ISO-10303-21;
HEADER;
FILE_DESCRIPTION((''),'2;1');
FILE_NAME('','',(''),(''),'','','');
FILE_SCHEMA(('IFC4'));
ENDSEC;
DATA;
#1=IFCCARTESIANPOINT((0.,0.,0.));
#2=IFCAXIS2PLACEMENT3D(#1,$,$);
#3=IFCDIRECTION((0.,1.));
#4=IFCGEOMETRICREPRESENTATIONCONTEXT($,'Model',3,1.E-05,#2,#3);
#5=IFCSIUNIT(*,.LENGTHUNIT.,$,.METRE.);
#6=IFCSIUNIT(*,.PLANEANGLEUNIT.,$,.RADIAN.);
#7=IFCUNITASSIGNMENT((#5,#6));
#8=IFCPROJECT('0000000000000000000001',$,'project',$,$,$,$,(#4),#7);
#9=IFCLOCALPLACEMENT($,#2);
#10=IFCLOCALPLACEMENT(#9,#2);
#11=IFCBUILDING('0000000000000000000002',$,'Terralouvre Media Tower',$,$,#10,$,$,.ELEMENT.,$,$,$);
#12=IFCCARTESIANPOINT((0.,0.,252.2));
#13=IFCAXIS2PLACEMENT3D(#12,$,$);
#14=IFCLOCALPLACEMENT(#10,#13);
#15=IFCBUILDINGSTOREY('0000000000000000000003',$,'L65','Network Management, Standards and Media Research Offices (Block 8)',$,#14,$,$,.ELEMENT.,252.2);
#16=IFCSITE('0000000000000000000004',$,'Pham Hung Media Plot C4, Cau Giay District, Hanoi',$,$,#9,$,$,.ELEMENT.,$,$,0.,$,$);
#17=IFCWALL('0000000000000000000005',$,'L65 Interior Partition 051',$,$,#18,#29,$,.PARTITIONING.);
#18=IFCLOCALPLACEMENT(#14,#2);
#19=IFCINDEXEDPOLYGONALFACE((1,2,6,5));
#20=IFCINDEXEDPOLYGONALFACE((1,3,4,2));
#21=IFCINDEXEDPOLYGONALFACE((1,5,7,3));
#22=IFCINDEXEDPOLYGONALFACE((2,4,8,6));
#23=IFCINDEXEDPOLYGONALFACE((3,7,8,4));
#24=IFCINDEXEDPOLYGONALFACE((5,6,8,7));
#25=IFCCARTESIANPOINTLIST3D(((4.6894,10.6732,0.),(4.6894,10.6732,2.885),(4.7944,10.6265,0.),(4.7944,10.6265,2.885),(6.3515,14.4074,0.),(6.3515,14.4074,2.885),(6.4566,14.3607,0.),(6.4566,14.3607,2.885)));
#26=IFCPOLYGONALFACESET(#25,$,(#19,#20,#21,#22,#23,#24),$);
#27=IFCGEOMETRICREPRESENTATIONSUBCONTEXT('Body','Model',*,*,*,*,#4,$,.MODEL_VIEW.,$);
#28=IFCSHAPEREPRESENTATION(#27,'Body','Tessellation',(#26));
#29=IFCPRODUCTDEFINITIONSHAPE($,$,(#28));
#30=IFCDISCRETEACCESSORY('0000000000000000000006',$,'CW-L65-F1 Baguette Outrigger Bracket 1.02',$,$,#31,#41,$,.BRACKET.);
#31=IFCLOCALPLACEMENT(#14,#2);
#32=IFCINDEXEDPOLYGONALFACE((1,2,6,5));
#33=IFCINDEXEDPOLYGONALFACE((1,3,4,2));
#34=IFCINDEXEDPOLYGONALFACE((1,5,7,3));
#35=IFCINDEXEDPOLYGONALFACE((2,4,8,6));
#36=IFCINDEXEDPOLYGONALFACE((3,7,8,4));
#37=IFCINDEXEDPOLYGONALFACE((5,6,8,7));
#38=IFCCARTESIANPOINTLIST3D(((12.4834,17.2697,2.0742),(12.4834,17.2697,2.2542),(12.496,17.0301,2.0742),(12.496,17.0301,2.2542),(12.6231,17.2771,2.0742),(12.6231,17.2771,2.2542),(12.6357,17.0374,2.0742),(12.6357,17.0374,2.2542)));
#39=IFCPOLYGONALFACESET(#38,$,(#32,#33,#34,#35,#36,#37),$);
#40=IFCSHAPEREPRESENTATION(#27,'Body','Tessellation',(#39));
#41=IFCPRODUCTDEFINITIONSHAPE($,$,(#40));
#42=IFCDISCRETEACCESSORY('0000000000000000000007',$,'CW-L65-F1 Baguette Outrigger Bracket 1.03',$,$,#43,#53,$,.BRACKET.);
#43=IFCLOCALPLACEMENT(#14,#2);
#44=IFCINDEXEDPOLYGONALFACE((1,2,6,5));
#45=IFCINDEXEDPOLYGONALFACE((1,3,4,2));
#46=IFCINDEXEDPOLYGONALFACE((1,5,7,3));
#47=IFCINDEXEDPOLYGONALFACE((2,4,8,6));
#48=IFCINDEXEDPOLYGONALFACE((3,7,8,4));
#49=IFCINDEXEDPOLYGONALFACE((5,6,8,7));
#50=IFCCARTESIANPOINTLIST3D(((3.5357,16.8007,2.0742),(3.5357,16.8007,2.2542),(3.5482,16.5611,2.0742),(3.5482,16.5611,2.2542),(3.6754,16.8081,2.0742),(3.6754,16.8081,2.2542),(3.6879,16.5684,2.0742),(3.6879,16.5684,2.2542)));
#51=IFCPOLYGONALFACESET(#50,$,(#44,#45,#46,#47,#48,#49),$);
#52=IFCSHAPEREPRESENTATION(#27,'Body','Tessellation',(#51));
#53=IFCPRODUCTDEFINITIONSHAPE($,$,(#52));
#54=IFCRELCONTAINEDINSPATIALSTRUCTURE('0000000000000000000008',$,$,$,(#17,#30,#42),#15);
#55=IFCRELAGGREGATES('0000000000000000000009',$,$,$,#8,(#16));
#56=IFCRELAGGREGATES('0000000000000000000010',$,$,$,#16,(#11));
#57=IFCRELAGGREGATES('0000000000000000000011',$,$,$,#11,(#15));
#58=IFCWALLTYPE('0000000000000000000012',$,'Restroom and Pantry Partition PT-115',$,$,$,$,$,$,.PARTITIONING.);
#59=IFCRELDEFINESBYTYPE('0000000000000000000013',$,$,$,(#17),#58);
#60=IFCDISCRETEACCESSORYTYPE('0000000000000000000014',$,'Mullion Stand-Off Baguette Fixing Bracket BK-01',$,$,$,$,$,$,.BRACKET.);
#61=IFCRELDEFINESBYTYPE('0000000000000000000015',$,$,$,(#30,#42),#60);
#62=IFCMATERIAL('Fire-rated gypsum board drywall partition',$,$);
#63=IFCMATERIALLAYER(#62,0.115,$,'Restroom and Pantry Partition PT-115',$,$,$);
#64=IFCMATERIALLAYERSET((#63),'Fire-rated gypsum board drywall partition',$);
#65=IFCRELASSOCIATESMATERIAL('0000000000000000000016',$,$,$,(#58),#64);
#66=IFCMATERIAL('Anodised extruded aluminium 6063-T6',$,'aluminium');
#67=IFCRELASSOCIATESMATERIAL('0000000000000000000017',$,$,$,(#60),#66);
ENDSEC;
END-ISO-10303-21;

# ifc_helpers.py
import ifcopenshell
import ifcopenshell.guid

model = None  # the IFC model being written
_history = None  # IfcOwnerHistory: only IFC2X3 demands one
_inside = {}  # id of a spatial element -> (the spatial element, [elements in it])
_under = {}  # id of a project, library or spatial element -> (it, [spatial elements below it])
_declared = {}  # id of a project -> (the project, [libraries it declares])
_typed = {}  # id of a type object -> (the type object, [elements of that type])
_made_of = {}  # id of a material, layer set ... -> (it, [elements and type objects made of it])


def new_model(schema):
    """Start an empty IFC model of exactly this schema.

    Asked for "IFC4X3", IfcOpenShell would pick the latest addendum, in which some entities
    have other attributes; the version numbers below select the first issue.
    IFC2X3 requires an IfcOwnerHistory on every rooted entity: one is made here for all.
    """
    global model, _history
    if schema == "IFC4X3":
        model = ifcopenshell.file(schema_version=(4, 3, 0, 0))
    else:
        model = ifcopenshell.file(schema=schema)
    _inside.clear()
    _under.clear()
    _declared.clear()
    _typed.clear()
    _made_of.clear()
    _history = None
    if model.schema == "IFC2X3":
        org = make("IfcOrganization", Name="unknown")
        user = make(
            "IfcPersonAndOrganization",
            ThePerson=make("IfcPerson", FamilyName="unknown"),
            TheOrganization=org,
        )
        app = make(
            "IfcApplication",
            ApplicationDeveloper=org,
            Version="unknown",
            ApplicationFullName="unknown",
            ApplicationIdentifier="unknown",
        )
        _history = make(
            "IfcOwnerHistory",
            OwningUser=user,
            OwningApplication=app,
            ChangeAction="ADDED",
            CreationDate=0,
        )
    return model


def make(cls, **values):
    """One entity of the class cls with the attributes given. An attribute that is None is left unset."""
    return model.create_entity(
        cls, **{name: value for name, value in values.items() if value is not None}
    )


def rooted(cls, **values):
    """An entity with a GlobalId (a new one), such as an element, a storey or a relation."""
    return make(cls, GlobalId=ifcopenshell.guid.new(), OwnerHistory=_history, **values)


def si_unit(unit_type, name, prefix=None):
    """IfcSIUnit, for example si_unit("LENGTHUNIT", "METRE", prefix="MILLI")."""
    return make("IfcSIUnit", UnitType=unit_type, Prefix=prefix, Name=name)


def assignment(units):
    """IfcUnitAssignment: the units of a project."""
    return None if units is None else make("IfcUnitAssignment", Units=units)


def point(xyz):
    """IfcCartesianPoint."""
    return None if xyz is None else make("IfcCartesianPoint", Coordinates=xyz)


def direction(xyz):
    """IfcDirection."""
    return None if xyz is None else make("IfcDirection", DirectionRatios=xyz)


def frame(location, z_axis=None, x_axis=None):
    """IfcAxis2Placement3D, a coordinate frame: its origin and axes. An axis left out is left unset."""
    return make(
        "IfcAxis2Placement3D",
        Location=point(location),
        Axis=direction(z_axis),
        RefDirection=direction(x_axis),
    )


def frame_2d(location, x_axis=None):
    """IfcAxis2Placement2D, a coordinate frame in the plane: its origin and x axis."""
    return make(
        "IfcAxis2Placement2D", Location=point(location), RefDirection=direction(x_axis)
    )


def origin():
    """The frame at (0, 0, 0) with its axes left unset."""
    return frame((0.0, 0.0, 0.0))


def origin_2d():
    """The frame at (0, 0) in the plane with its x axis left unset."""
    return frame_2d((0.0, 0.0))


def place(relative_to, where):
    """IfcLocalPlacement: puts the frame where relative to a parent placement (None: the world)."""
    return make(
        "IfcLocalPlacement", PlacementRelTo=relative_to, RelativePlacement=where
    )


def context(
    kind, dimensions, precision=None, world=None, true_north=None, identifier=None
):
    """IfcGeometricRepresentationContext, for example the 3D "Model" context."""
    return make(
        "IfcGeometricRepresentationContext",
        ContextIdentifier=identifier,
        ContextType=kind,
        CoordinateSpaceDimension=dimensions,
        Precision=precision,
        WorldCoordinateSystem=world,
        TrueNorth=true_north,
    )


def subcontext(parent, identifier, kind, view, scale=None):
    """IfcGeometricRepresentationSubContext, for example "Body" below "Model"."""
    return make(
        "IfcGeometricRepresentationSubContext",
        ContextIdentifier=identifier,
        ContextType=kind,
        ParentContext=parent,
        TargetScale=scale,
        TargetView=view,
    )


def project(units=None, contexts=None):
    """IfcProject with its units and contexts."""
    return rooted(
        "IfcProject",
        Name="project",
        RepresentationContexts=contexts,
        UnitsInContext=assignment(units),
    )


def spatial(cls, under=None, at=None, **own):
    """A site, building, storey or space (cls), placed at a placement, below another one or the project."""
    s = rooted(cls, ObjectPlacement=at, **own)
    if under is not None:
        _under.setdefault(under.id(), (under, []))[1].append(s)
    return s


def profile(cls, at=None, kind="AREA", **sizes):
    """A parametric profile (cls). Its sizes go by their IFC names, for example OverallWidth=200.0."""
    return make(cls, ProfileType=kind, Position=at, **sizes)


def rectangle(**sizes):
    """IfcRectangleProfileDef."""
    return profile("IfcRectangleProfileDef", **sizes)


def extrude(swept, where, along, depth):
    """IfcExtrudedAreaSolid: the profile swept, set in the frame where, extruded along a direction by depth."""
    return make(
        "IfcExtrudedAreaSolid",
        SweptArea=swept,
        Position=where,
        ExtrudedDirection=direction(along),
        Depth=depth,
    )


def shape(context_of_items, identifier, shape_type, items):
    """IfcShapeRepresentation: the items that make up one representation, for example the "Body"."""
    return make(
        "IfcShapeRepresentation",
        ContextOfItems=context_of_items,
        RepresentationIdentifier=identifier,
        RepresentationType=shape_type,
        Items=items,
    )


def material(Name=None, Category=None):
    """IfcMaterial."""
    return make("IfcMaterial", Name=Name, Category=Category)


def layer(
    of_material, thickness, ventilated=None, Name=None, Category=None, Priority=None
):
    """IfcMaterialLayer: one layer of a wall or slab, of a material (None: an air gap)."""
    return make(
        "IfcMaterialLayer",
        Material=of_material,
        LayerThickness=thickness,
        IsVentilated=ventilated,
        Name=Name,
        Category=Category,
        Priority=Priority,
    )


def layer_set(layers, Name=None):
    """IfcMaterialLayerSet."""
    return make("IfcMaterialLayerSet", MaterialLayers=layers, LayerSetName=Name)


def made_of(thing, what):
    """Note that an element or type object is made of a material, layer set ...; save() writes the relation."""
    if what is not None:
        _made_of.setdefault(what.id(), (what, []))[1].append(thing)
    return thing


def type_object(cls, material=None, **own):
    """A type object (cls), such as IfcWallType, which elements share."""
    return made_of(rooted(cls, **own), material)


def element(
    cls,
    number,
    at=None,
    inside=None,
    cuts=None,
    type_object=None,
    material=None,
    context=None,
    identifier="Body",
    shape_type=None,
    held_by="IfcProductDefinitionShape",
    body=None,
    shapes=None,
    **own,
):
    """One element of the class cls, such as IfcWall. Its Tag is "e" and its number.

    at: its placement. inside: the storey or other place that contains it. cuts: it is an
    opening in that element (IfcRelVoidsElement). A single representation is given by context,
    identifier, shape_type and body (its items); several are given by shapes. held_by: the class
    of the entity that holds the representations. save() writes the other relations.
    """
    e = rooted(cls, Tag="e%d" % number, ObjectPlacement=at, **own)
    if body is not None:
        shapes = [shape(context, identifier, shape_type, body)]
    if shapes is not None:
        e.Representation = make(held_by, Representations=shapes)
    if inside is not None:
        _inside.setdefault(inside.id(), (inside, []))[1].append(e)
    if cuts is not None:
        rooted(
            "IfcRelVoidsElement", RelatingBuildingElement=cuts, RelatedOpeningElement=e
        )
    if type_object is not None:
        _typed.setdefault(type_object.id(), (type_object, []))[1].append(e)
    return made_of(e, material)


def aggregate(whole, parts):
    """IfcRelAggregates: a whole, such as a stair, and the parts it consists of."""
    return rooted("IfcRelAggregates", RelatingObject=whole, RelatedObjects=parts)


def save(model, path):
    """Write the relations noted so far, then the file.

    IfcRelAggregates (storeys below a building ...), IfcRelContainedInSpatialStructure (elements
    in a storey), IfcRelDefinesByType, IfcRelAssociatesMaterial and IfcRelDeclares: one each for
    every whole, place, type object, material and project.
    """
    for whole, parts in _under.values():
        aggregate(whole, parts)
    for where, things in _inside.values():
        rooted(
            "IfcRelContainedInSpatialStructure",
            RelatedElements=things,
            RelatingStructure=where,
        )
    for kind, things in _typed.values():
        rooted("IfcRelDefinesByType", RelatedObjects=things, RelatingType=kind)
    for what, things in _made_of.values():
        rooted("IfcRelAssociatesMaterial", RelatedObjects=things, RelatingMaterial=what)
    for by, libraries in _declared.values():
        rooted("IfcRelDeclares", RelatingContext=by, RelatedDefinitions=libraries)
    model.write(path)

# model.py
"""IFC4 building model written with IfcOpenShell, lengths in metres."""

from ifc_helpers import new_model, si_unit, direction, frame, frame_2d, origin, origin_2d, place, context, subcontext, project, spatial, rectangle, extrude, material, layer, layer_set, type_object, element, save


model = new_model("IFC4")

# Units and contexts
model_context = context("Model", 3, precision=1e-05, world=origin(), true_north=direction((0.0, 1.0)))
body_context = subcontext(model_context, "Body", "Model", "MODEL_VIEW")
ifc_project = project(units=[si_unit("LENGTHUNIT", "METRE"), si_unit("PLANEANGLEUNIT", "RADIAN")], contexts=[model_context])

# Site, building, storey
site_placement = place(None, origin())
site = spatial("IfcSite", under=ifc_project, at=site_placement, Name="Pham Hung Media Plot C4, Cau Giay District, Hanoi", CompositionType="ELEMENT", RefElevation=0.0)
building_placement = place(site_placement, origin())
building = spatial("IfcBuilding", under=site, at=building_placement, Name="Terralouvre Media Tower", CompositionType="ELEMENT")
storey_placement = place(building_placement, frame((0.0, 0.0, 252.2)))
storey = spatial("IfcBuildingStorey", under=building, at=storey_placement, Name="L65", Description="Network Management, Standards and Media Research Offices (Block 8)", CompositionType="ELEMENT", Elevation=252.2)

# Shared definitions
ifc_material_1 = material(Name="Fire-rated gypsum board drywall partition")
ifc_layer_1 = layer(ifc_material_1, 0.115, Name="Restroom and Pantry Partition PT-115")
ifc_layer_set_1 = layer_set([ifc_layer_1], Name="Fire-rated gypsum board drywall partition")
wall_type_1 = type_object("IfcWallType", Name="Restroom and Pantry Partition PT-115", PredefinedType="PARTITIONING", material=ifc_layer_set_1)

# Wall
wall_1_placement = place(storey_placement, frame((6.4041, 14.384, 0.0), z_axis=(0.0, 0.0, 1.0), x_axis=(-0.406648, -0.913585, 0.0)))
element("IfcWall", 1, at=wall_1_placement, inside=storey, type_object=wall_type_1, Name="L65 Interior Partition 051", PredefinedType="PARTITIONING", context=body_context, shape_type="SweptSolid", body=[
    extrude(rectangle(XDim=4.0874, YDim=0.115, at=frame_2d((2.0437, 0.0))), origin(), (0.0, 0.0, 1.0), 2.885),
])

# Discrete accessories
ifc_material_2 = material(Name="Anodised extruded aluminium 6063-T6", Category="aluminium")
discrete_accessory_type = type_object("IfcDiscreteAccessoryType", Name="Mullion Stand-Off Baguette Fixing Bracket BK-01", PredefinedType="BRACKET", material=ifc_material_2)
for number, where, z_axis, x_axis, name in (
    (2, (12.5596, 17.1536, 2.0742), (0.0, 0.0, 1.0), (-0.99863, -0.052336, 0.0), "CW-L65-F1 Baguette Outrigger Bracket 1.02"),
    (3, (3.6118, 16.6846, 2.0742), (0.0, 0.0, 1.0), (-0.99863, -0.052336, 0.0), "CW-L65-F1 Baguette Outrigger Bracket 1.03"),
):
    element("IfcDiscreteAccessory", number, at=place(storey_placement, frame(where, z_axis=z_axis, x_axis=x_axis)), inside=storey, type_object=discrete_accessory_type, Name=name, PredefinedType="BRACKET", context=body_context, shape_type="SweptSolid", body=[
        extrude(rectangle(XDim=0.1399, YDim=0.24, at=origin_2d()), origin(), (0.0, 0.0, 1.0), 0.1799),
    ])

save(model, "model.ifc")
